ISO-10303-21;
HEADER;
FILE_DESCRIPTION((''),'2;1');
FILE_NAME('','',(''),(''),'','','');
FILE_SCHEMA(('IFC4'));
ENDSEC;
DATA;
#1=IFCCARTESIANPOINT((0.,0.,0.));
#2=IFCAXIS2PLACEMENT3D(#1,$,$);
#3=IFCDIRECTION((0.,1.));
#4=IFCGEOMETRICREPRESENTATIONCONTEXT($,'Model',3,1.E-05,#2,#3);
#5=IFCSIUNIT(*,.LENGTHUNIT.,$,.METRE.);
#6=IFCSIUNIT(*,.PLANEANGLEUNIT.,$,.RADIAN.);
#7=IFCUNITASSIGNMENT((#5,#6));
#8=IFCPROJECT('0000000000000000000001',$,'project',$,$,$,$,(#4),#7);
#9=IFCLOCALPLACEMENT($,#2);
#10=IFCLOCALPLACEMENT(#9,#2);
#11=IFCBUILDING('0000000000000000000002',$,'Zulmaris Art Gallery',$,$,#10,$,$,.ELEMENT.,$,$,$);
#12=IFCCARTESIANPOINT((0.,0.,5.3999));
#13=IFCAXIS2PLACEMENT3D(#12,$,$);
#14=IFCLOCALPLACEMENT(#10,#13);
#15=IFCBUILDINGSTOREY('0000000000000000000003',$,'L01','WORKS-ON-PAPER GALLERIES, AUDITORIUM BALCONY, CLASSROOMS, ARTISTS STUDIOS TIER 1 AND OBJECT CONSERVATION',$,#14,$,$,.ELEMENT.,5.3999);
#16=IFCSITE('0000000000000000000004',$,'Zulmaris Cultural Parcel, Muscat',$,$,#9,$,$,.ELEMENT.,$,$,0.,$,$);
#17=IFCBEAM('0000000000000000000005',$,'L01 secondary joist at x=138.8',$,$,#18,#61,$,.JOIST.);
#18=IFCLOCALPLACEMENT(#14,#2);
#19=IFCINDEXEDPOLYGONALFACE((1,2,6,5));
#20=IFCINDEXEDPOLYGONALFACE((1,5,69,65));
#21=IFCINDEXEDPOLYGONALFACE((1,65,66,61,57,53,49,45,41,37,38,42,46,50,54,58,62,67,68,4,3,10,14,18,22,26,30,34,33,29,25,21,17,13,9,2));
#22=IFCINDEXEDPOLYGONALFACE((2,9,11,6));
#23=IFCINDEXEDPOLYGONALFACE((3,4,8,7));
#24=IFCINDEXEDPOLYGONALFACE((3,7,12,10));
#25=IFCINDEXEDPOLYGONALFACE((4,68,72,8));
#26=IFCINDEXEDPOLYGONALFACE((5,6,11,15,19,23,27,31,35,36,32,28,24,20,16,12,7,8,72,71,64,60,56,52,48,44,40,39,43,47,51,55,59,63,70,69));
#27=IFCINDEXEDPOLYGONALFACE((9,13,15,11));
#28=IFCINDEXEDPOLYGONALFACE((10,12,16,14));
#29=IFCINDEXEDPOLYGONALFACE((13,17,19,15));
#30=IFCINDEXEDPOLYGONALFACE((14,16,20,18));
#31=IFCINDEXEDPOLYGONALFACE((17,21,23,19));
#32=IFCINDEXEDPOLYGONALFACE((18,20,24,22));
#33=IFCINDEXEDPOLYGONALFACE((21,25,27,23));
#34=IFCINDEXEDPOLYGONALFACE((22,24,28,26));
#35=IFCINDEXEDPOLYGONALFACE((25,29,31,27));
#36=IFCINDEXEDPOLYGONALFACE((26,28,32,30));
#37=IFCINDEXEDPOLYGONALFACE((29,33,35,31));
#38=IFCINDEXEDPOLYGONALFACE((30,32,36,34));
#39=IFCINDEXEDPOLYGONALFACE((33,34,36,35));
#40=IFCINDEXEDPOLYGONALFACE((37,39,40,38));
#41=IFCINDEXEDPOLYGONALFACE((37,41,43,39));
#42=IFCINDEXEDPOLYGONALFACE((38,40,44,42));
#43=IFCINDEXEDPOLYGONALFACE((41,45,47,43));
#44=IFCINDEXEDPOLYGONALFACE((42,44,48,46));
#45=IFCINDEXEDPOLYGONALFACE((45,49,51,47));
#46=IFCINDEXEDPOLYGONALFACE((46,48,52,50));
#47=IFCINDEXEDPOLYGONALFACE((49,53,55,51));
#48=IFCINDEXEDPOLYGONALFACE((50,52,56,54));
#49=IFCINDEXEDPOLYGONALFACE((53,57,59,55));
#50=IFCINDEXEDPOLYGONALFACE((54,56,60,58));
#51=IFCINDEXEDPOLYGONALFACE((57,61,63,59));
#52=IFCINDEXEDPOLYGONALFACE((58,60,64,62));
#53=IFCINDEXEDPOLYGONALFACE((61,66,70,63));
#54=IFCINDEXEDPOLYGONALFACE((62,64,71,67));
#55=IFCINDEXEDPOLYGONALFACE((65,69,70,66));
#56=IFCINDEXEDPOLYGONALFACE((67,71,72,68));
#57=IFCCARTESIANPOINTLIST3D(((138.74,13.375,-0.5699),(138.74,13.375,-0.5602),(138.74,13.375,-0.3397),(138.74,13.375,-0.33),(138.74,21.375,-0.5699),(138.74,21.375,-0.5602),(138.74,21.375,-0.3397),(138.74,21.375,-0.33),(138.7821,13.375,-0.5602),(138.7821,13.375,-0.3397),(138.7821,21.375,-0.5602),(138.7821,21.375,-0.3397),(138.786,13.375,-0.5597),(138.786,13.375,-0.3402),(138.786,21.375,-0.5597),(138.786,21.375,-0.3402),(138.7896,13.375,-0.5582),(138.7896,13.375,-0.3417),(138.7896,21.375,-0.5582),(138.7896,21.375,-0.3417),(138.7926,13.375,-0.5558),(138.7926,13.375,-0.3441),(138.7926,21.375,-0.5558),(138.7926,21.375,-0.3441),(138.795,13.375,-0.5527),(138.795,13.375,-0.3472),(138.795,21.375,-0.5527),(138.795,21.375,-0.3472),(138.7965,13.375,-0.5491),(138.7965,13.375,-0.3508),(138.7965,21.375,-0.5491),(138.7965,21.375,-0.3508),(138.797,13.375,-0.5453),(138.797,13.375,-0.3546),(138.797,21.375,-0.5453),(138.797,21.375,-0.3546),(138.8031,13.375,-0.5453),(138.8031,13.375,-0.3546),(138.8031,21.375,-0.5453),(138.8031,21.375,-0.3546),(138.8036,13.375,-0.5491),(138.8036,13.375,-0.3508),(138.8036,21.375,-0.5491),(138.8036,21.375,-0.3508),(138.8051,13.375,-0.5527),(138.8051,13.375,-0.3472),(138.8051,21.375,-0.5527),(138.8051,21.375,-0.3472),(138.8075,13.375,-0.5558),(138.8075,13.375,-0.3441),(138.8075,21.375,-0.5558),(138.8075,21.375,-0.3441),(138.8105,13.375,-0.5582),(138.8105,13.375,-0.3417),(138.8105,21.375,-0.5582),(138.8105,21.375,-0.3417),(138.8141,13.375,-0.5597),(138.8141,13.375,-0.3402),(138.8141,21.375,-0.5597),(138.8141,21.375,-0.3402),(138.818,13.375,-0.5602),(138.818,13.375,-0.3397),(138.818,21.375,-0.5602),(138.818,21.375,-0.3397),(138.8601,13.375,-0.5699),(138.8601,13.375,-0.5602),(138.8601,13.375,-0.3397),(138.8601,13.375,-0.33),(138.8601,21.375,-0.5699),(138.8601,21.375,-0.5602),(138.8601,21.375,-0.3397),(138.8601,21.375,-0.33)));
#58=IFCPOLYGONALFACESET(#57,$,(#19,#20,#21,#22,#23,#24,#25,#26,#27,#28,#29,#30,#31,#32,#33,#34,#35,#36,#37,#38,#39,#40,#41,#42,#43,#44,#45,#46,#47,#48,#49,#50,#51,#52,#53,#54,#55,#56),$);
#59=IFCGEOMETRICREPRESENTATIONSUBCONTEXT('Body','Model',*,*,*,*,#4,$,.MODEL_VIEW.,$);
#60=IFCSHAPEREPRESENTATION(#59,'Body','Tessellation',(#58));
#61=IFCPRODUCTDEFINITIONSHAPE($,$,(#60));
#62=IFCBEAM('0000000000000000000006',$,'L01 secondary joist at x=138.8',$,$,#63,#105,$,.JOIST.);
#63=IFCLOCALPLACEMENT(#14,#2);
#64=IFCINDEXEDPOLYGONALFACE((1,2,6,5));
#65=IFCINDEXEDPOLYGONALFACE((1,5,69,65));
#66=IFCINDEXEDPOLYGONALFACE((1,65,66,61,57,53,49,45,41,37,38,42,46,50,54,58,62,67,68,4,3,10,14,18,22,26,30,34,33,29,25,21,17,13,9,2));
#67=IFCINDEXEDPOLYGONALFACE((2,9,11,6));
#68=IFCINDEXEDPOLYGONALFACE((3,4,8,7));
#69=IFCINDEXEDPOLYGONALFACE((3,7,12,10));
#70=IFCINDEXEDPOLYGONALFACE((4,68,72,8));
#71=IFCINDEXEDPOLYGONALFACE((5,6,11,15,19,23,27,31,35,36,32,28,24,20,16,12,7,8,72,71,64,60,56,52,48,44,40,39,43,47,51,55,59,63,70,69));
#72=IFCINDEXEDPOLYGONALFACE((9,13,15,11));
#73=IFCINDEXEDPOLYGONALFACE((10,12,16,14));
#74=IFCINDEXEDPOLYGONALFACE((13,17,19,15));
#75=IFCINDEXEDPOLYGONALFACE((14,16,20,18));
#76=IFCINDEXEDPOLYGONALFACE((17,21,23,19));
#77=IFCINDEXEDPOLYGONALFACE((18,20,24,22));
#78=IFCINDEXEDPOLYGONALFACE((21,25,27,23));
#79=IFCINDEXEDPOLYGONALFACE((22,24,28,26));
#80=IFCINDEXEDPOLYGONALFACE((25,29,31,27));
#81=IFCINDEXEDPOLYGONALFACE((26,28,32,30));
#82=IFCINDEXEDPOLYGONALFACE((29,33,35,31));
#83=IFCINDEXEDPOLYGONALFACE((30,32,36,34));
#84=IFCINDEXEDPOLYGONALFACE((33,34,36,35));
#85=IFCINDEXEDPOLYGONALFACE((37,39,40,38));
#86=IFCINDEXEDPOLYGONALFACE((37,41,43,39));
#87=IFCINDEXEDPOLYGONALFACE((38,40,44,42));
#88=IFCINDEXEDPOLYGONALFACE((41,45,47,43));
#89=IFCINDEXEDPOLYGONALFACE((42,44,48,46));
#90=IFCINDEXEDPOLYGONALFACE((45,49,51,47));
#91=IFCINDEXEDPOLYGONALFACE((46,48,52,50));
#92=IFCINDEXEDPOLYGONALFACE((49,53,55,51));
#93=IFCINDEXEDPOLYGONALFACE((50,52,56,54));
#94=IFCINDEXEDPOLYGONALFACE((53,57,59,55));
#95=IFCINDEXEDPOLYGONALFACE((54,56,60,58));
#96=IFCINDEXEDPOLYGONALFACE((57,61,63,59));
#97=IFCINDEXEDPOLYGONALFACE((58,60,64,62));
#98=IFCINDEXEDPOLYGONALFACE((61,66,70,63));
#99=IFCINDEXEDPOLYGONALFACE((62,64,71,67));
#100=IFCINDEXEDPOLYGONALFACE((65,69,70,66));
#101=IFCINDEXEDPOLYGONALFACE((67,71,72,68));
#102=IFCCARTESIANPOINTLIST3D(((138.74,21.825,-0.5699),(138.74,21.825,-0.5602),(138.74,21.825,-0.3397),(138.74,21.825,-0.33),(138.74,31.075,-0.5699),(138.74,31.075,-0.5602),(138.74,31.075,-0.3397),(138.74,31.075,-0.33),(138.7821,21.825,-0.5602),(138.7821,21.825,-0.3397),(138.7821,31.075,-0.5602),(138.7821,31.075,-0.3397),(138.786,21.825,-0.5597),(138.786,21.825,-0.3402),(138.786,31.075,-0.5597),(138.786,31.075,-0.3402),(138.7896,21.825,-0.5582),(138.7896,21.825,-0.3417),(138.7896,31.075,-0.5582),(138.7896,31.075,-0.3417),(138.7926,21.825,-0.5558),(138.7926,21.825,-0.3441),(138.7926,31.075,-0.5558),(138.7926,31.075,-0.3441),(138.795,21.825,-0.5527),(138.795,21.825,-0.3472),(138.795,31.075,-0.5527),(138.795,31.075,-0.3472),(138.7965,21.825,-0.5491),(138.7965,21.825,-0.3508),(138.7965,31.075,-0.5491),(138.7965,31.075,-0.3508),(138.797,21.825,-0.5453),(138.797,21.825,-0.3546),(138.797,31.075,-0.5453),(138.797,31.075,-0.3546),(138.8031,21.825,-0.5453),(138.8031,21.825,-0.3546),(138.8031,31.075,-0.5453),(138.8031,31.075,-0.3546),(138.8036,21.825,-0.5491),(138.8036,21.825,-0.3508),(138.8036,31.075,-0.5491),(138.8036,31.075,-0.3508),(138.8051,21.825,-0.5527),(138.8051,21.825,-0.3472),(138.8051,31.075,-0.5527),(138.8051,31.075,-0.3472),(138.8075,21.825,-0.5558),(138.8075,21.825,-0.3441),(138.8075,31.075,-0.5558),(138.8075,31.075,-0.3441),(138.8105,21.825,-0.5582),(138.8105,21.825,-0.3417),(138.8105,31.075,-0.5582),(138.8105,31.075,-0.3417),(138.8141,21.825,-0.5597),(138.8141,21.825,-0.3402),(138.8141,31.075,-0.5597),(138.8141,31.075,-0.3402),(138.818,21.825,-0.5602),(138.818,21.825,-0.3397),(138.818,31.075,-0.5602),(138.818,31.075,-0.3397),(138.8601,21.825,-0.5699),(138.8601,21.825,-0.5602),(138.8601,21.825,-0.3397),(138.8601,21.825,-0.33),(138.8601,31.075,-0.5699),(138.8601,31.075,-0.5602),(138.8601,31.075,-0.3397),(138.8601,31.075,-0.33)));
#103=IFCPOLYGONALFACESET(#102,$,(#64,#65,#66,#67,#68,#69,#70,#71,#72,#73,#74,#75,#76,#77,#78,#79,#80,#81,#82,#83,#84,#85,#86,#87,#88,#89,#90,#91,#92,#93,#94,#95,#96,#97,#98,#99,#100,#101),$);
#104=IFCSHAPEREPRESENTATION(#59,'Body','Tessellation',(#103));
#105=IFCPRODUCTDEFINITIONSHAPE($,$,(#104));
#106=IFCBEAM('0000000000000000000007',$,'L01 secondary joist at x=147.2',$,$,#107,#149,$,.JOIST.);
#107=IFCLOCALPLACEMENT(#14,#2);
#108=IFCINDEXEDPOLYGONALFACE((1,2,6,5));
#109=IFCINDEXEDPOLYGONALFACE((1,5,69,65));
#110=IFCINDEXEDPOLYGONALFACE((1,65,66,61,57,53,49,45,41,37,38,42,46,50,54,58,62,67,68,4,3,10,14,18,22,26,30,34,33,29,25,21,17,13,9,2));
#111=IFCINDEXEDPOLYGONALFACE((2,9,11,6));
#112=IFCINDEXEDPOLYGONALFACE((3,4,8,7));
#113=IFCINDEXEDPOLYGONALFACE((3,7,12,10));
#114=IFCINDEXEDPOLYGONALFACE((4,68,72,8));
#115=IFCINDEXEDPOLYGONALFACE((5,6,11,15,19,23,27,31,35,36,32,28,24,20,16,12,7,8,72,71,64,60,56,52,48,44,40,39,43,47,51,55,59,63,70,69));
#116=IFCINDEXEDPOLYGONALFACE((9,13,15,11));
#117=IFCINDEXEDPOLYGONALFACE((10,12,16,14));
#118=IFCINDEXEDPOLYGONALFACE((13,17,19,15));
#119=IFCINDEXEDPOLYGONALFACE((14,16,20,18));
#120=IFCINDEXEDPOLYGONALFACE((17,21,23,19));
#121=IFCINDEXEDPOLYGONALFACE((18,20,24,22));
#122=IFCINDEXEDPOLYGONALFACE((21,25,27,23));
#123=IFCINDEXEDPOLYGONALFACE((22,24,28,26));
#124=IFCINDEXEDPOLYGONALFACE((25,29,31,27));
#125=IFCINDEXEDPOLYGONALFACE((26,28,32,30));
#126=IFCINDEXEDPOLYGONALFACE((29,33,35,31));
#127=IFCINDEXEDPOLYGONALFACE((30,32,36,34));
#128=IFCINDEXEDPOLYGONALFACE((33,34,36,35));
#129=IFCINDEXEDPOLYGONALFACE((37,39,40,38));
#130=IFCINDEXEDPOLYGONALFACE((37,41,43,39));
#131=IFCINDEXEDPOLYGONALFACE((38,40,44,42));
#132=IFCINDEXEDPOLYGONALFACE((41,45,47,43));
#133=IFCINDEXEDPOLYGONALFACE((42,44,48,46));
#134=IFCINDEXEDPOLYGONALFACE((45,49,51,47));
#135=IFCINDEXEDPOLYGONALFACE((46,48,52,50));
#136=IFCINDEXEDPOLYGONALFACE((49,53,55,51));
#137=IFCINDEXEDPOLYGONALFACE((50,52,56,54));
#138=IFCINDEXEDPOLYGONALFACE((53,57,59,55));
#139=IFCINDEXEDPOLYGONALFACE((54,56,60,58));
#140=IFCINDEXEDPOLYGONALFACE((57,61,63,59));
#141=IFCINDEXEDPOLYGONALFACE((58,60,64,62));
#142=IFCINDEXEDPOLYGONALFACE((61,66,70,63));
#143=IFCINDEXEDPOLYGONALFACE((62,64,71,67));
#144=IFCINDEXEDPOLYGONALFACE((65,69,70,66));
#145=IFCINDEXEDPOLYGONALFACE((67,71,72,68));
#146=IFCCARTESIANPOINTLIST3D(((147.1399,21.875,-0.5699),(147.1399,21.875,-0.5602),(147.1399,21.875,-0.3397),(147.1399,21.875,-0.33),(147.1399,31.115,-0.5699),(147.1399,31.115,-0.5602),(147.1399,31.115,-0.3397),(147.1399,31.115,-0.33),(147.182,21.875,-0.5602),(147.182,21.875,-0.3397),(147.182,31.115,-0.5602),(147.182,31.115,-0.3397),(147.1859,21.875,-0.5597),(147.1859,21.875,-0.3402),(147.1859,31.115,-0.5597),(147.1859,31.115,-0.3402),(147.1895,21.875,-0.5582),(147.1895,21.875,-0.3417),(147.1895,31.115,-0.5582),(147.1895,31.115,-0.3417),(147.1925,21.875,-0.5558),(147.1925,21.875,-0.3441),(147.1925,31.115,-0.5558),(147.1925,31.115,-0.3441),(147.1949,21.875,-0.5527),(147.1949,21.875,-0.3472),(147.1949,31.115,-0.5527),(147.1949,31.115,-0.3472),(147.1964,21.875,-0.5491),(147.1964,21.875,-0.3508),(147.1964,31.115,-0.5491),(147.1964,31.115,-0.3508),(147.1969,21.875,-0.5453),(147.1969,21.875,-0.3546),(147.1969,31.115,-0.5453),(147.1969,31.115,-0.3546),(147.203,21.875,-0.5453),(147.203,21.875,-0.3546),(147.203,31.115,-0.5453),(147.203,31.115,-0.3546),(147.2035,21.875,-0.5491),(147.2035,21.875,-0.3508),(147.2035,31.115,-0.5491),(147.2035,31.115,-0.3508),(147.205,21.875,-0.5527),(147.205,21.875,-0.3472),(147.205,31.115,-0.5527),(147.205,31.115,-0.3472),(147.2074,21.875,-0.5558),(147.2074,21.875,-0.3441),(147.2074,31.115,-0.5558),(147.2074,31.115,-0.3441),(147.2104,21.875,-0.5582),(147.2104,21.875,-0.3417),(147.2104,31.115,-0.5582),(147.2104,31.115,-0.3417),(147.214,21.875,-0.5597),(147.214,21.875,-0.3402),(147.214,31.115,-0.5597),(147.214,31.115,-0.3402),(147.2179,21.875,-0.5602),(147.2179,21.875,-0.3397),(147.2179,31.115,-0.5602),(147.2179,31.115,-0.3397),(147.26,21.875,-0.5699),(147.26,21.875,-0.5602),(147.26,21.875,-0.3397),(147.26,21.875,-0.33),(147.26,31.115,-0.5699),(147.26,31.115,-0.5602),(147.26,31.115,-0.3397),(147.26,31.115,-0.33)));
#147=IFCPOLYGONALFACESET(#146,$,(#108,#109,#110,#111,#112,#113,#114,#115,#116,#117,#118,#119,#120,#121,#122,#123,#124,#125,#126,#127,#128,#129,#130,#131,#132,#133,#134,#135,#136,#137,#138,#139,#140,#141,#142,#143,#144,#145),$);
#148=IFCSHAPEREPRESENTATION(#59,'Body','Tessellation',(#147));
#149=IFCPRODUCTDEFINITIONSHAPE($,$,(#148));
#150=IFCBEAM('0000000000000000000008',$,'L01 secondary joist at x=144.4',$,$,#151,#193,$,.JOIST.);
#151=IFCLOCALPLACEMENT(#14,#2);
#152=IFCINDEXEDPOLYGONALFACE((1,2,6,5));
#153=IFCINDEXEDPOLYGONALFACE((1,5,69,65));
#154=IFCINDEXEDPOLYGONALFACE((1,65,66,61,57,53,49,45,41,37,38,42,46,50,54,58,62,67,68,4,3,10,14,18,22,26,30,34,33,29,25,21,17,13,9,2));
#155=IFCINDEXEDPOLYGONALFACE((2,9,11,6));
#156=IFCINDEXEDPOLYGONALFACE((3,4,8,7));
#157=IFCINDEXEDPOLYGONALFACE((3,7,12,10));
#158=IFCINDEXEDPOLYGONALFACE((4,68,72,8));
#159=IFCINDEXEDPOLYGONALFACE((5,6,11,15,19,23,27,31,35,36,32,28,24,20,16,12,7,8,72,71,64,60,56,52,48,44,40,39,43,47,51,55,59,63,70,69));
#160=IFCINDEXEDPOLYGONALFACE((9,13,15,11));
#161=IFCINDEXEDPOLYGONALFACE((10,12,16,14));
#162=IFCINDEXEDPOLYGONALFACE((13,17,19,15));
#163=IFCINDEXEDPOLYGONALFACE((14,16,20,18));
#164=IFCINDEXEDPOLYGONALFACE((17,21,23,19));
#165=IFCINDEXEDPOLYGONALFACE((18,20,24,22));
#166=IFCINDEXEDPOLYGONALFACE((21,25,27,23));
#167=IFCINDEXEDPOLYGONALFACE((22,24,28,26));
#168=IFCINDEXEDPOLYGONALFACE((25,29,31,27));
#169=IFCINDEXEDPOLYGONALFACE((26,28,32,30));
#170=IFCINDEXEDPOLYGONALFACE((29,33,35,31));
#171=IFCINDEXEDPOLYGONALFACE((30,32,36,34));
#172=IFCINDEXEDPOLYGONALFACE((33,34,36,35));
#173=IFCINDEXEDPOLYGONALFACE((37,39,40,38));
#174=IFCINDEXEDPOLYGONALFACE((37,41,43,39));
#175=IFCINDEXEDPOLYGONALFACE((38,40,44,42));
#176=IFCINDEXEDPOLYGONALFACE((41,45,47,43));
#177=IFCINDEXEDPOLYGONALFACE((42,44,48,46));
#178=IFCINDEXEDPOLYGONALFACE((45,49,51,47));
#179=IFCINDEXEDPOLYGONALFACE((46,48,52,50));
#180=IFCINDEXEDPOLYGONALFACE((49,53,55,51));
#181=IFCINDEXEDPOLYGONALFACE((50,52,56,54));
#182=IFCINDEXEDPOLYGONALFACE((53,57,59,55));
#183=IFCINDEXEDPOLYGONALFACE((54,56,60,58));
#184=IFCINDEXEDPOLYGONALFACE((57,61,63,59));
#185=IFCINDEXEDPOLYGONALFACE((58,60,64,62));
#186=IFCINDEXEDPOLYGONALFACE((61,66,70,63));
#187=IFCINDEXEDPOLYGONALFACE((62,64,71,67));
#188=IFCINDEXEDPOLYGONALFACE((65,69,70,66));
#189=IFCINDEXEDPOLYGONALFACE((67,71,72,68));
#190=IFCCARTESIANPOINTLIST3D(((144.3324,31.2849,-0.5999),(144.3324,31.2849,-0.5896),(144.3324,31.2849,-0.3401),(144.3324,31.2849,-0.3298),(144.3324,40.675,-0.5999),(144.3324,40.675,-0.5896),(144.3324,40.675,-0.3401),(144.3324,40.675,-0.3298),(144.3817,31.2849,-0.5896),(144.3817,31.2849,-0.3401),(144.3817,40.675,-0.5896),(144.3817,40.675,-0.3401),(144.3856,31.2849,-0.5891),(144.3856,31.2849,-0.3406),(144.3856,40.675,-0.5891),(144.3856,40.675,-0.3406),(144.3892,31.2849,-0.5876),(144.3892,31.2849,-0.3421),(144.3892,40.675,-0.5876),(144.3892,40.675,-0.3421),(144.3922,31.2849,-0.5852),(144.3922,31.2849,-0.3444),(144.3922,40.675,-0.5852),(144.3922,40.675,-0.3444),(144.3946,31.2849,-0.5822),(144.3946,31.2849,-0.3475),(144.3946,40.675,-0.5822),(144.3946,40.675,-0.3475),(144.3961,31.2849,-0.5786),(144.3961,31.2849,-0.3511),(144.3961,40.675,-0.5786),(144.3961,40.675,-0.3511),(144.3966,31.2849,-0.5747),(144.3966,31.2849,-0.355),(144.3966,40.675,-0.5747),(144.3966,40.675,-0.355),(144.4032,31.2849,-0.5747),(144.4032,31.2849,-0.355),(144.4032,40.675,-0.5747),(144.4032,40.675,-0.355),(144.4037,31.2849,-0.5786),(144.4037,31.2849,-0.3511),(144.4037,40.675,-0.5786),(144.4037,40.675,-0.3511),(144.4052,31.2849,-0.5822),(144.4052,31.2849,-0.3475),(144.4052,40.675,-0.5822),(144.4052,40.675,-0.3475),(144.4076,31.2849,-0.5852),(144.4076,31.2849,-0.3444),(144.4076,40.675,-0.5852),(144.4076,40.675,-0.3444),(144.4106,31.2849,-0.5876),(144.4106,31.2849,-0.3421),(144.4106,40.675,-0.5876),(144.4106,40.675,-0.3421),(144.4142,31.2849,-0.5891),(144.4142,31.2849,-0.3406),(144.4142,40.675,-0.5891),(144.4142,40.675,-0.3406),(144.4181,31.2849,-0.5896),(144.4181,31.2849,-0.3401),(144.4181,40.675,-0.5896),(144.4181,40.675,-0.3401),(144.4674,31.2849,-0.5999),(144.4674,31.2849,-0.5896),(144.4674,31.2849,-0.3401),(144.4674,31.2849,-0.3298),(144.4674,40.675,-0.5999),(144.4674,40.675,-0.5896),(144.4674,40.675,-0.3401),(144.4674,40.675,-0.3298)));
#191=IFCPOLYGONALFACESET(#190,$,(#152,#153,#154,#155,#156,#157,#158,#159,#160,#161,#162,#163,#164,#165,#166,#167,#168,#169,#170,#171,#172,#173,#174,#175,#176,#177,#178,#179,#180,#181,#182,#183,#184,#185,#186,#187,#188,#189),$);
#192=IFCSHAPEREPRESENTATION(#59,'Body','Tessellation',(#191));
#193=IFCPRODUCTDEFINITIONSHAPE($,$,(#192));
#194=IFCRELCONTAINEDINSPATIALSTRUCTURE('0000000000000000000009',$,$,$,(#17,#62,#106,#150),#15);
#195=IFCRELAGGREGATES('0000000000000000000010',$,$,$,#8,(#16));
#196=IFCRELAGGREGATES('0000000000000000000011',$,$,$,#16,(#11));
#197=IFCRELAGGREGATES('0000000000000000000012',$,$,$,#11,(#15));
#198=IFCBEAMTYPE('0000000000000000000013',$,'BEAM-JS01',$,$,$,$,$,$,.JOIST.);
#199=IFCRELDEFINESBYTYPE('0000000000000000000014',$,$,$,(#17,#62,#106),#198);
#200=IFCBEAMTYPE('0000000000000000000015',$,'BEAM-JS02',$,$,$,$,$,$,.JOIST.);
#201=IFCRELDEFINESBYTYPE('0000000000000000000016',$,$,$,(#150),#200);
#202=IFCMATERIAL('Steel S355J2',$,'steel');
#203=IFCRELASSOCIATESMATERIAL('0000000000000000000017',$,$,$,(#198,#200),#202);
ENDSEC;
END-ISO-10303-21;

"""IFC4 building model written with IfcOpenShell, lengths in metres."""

from ifc_helpers import new_model, si_unit, direction, frame, origin, origin_2d, place, context, subcontext, project, spatial, i_section, extrude, material, material_profile, profile_set, type_object, element, save


model = new_model("IFC4")

# Units and contexts
model_context = context("Model", 3, precision=1e-05, world=origin(), true_north=direction((0.0, 1.0)))
body_context = subcontext(model_context, "Body", "Model", "MODEL_VIEW")
ifc_project = project(units=[si_unit("LENGTHUNIT", "METRE"), si_unit("PLANEANGLEUNIT", "RADIAN")], contexts=[model_context])

# Site, building, storey
site_placement = place(None, origin())
site = spatial("IfcSite", under=ifc_project, at=site_placement, Name="Zulmaris Cultural Parcel, Muscat", CompositionType="ELEMENT", RefElevation=0.0)
building_placement = place(site_placement, origin())
building = spatial("IfcBuilding", under=site, at=building_placement, Name="Zulmaris Art Gallery", CompositionType="ELEMENT")
storey_placement = place(building_placement, frame((0.0, 0.0, 5.3999)))
storey = spatial("IfcBuildingStorey", under=building, at=storey_placement, Name="L01", Description="WORKS-ON-PAPER GALLERIES, AUDITORIUM BALCONY, CLASSROOMS, ARTISTS STUDIOS TIER 1 AND OBJECT CONSERVATION", CompositionType="ELEMENT", Elevation=5.3999)

# Beams
ifc_material_1 = material(Name="Steel S355J2", Category="steel")
ifc_material_profile_1 = material_profile(ifc_material_1, i_section(OverallWidth=0.1201, OverallDepth=0.24, WebThickness=0.0061, FlangeThickness=0.0098, FilletRadius=0.0149, at=origin_2d()), Name="IPE 240")
ifc_profile_set_1 = profile_set([ifc_material_profile_1], Name="Steel S355J2")
beam_type_1 = type_object("IfcBeamType", Name="BEAM-JS01", PredefinedType="JOIST", material=ifc_profile_set_1)
beam_1_placement = place(storey_placement, frame((138.8, 13.375, -0.45), z_axis=(0.0, 1.0, 0.0), x_axis=(-1.0, 0.0, 0.0)))
element("IfcBeam", 1, at=beam_1_placement, inside=storey, type_object=beam_type_1, Name="L01 secondary joist at x=138.8", PredefinedType="JOIST", context=body_context, shape_type="SweptSolid", body=[
    extrude(i_section(OverallWidth=0.1201, OverallDepth=0.24, WebThickness=0.0061, FlangeThickness=0.0098, FilletRadius=0.0149, at=origin_2d()), origin(), (0.0, 0.0, 1.0), 8.0),
])
beam_2_placement = place(storey_placement, frame((138.8, 21.825, -0.45), z_axis=(0.0, 1.0, 0.0), x_axis=(-1.0, 0.0, 0.0)))
element("IfcBeam", 2, at=beam_2_placement, inside=storey, type_object=beam_type_1, Name="L01 secondary joist at x=138.8", PredefinedType="JOIST", context=body_context, shape_type="SweptSolid", body=[
    extrude(i_section(OverallWidth=0.1201, OverallDepth=0.24, WebThickness=0.0061, FlangeThickness=0.0098, FilletRadius=0.0149, at=origin_2d()), origin(), (0.0, 0.0, 1.0), 9.25),
])
beam_3_placement = place(storey_placement, frame((147.2, 21.875, -0.45), z_axis=(0.0, 1.0, 0.0), x_axis=(-1.0, 0.0, 0.0)))
element("IfcBeam", 3, at=beam_3_placement, inside=storey, type_object=beam_type_1, Name="L01 secondary joist at x=147.2", PredefinedType="JOIST", context=body_context, shape_type="SweptSolid", body=[
    extrude(i_section(OverallWidth=0.1201, OverallDepth=0.24, WebThickness=0.0061, FlangeThickness=0.0098, FilletRadius=0.0149, at=origin_2d()), origin(), (0.0, 0.0, 1.0), 9.24),
])
ifc_material_profile_2 = material_profile(ifc_material_1, i_section(OverallWidth=0.135, OverallDepth=0.27, WebThickness=0.0066, FlangeThickness=0.0103, FilletRadius=0.0149, at=origin_2d()), Name="IPE 270")
ifc_profile_set_2 = profile_set([ifc_material_profile_2], Name="Steel S355J2")
beam_type_2 = type_object("IfcBeamType", Name="BEAM-JS02", PredefinedType="JOIST", material=ifc_profile_set_2)
beam_4_placement = place(storey_placement, frame((144.3999, 31.2849, -0.4648), z_axis=(0.0, 1.0, 0.0), x_axis=(-1.0, 0.0, 0.0)))
element("IfcBeam", 4, at=beam_4_placement, inside=storey, type_object=beam_type_2, Name="L01 secondary joist at x=144.4", PredefinedType="JOIST", context=body_context, shape_type="SweptSolid", body=[
    extrude(i_section(OverallWidth=0.135, OverallDepth=0.27, WebThickness=0.0066, FlangeThickness=0.0103, FilletRadius=0.0149, at=origin_2d()), origin(), (0.0, 0.0, 1.0), 9.3901),
])

save(model, "model.ifc")
